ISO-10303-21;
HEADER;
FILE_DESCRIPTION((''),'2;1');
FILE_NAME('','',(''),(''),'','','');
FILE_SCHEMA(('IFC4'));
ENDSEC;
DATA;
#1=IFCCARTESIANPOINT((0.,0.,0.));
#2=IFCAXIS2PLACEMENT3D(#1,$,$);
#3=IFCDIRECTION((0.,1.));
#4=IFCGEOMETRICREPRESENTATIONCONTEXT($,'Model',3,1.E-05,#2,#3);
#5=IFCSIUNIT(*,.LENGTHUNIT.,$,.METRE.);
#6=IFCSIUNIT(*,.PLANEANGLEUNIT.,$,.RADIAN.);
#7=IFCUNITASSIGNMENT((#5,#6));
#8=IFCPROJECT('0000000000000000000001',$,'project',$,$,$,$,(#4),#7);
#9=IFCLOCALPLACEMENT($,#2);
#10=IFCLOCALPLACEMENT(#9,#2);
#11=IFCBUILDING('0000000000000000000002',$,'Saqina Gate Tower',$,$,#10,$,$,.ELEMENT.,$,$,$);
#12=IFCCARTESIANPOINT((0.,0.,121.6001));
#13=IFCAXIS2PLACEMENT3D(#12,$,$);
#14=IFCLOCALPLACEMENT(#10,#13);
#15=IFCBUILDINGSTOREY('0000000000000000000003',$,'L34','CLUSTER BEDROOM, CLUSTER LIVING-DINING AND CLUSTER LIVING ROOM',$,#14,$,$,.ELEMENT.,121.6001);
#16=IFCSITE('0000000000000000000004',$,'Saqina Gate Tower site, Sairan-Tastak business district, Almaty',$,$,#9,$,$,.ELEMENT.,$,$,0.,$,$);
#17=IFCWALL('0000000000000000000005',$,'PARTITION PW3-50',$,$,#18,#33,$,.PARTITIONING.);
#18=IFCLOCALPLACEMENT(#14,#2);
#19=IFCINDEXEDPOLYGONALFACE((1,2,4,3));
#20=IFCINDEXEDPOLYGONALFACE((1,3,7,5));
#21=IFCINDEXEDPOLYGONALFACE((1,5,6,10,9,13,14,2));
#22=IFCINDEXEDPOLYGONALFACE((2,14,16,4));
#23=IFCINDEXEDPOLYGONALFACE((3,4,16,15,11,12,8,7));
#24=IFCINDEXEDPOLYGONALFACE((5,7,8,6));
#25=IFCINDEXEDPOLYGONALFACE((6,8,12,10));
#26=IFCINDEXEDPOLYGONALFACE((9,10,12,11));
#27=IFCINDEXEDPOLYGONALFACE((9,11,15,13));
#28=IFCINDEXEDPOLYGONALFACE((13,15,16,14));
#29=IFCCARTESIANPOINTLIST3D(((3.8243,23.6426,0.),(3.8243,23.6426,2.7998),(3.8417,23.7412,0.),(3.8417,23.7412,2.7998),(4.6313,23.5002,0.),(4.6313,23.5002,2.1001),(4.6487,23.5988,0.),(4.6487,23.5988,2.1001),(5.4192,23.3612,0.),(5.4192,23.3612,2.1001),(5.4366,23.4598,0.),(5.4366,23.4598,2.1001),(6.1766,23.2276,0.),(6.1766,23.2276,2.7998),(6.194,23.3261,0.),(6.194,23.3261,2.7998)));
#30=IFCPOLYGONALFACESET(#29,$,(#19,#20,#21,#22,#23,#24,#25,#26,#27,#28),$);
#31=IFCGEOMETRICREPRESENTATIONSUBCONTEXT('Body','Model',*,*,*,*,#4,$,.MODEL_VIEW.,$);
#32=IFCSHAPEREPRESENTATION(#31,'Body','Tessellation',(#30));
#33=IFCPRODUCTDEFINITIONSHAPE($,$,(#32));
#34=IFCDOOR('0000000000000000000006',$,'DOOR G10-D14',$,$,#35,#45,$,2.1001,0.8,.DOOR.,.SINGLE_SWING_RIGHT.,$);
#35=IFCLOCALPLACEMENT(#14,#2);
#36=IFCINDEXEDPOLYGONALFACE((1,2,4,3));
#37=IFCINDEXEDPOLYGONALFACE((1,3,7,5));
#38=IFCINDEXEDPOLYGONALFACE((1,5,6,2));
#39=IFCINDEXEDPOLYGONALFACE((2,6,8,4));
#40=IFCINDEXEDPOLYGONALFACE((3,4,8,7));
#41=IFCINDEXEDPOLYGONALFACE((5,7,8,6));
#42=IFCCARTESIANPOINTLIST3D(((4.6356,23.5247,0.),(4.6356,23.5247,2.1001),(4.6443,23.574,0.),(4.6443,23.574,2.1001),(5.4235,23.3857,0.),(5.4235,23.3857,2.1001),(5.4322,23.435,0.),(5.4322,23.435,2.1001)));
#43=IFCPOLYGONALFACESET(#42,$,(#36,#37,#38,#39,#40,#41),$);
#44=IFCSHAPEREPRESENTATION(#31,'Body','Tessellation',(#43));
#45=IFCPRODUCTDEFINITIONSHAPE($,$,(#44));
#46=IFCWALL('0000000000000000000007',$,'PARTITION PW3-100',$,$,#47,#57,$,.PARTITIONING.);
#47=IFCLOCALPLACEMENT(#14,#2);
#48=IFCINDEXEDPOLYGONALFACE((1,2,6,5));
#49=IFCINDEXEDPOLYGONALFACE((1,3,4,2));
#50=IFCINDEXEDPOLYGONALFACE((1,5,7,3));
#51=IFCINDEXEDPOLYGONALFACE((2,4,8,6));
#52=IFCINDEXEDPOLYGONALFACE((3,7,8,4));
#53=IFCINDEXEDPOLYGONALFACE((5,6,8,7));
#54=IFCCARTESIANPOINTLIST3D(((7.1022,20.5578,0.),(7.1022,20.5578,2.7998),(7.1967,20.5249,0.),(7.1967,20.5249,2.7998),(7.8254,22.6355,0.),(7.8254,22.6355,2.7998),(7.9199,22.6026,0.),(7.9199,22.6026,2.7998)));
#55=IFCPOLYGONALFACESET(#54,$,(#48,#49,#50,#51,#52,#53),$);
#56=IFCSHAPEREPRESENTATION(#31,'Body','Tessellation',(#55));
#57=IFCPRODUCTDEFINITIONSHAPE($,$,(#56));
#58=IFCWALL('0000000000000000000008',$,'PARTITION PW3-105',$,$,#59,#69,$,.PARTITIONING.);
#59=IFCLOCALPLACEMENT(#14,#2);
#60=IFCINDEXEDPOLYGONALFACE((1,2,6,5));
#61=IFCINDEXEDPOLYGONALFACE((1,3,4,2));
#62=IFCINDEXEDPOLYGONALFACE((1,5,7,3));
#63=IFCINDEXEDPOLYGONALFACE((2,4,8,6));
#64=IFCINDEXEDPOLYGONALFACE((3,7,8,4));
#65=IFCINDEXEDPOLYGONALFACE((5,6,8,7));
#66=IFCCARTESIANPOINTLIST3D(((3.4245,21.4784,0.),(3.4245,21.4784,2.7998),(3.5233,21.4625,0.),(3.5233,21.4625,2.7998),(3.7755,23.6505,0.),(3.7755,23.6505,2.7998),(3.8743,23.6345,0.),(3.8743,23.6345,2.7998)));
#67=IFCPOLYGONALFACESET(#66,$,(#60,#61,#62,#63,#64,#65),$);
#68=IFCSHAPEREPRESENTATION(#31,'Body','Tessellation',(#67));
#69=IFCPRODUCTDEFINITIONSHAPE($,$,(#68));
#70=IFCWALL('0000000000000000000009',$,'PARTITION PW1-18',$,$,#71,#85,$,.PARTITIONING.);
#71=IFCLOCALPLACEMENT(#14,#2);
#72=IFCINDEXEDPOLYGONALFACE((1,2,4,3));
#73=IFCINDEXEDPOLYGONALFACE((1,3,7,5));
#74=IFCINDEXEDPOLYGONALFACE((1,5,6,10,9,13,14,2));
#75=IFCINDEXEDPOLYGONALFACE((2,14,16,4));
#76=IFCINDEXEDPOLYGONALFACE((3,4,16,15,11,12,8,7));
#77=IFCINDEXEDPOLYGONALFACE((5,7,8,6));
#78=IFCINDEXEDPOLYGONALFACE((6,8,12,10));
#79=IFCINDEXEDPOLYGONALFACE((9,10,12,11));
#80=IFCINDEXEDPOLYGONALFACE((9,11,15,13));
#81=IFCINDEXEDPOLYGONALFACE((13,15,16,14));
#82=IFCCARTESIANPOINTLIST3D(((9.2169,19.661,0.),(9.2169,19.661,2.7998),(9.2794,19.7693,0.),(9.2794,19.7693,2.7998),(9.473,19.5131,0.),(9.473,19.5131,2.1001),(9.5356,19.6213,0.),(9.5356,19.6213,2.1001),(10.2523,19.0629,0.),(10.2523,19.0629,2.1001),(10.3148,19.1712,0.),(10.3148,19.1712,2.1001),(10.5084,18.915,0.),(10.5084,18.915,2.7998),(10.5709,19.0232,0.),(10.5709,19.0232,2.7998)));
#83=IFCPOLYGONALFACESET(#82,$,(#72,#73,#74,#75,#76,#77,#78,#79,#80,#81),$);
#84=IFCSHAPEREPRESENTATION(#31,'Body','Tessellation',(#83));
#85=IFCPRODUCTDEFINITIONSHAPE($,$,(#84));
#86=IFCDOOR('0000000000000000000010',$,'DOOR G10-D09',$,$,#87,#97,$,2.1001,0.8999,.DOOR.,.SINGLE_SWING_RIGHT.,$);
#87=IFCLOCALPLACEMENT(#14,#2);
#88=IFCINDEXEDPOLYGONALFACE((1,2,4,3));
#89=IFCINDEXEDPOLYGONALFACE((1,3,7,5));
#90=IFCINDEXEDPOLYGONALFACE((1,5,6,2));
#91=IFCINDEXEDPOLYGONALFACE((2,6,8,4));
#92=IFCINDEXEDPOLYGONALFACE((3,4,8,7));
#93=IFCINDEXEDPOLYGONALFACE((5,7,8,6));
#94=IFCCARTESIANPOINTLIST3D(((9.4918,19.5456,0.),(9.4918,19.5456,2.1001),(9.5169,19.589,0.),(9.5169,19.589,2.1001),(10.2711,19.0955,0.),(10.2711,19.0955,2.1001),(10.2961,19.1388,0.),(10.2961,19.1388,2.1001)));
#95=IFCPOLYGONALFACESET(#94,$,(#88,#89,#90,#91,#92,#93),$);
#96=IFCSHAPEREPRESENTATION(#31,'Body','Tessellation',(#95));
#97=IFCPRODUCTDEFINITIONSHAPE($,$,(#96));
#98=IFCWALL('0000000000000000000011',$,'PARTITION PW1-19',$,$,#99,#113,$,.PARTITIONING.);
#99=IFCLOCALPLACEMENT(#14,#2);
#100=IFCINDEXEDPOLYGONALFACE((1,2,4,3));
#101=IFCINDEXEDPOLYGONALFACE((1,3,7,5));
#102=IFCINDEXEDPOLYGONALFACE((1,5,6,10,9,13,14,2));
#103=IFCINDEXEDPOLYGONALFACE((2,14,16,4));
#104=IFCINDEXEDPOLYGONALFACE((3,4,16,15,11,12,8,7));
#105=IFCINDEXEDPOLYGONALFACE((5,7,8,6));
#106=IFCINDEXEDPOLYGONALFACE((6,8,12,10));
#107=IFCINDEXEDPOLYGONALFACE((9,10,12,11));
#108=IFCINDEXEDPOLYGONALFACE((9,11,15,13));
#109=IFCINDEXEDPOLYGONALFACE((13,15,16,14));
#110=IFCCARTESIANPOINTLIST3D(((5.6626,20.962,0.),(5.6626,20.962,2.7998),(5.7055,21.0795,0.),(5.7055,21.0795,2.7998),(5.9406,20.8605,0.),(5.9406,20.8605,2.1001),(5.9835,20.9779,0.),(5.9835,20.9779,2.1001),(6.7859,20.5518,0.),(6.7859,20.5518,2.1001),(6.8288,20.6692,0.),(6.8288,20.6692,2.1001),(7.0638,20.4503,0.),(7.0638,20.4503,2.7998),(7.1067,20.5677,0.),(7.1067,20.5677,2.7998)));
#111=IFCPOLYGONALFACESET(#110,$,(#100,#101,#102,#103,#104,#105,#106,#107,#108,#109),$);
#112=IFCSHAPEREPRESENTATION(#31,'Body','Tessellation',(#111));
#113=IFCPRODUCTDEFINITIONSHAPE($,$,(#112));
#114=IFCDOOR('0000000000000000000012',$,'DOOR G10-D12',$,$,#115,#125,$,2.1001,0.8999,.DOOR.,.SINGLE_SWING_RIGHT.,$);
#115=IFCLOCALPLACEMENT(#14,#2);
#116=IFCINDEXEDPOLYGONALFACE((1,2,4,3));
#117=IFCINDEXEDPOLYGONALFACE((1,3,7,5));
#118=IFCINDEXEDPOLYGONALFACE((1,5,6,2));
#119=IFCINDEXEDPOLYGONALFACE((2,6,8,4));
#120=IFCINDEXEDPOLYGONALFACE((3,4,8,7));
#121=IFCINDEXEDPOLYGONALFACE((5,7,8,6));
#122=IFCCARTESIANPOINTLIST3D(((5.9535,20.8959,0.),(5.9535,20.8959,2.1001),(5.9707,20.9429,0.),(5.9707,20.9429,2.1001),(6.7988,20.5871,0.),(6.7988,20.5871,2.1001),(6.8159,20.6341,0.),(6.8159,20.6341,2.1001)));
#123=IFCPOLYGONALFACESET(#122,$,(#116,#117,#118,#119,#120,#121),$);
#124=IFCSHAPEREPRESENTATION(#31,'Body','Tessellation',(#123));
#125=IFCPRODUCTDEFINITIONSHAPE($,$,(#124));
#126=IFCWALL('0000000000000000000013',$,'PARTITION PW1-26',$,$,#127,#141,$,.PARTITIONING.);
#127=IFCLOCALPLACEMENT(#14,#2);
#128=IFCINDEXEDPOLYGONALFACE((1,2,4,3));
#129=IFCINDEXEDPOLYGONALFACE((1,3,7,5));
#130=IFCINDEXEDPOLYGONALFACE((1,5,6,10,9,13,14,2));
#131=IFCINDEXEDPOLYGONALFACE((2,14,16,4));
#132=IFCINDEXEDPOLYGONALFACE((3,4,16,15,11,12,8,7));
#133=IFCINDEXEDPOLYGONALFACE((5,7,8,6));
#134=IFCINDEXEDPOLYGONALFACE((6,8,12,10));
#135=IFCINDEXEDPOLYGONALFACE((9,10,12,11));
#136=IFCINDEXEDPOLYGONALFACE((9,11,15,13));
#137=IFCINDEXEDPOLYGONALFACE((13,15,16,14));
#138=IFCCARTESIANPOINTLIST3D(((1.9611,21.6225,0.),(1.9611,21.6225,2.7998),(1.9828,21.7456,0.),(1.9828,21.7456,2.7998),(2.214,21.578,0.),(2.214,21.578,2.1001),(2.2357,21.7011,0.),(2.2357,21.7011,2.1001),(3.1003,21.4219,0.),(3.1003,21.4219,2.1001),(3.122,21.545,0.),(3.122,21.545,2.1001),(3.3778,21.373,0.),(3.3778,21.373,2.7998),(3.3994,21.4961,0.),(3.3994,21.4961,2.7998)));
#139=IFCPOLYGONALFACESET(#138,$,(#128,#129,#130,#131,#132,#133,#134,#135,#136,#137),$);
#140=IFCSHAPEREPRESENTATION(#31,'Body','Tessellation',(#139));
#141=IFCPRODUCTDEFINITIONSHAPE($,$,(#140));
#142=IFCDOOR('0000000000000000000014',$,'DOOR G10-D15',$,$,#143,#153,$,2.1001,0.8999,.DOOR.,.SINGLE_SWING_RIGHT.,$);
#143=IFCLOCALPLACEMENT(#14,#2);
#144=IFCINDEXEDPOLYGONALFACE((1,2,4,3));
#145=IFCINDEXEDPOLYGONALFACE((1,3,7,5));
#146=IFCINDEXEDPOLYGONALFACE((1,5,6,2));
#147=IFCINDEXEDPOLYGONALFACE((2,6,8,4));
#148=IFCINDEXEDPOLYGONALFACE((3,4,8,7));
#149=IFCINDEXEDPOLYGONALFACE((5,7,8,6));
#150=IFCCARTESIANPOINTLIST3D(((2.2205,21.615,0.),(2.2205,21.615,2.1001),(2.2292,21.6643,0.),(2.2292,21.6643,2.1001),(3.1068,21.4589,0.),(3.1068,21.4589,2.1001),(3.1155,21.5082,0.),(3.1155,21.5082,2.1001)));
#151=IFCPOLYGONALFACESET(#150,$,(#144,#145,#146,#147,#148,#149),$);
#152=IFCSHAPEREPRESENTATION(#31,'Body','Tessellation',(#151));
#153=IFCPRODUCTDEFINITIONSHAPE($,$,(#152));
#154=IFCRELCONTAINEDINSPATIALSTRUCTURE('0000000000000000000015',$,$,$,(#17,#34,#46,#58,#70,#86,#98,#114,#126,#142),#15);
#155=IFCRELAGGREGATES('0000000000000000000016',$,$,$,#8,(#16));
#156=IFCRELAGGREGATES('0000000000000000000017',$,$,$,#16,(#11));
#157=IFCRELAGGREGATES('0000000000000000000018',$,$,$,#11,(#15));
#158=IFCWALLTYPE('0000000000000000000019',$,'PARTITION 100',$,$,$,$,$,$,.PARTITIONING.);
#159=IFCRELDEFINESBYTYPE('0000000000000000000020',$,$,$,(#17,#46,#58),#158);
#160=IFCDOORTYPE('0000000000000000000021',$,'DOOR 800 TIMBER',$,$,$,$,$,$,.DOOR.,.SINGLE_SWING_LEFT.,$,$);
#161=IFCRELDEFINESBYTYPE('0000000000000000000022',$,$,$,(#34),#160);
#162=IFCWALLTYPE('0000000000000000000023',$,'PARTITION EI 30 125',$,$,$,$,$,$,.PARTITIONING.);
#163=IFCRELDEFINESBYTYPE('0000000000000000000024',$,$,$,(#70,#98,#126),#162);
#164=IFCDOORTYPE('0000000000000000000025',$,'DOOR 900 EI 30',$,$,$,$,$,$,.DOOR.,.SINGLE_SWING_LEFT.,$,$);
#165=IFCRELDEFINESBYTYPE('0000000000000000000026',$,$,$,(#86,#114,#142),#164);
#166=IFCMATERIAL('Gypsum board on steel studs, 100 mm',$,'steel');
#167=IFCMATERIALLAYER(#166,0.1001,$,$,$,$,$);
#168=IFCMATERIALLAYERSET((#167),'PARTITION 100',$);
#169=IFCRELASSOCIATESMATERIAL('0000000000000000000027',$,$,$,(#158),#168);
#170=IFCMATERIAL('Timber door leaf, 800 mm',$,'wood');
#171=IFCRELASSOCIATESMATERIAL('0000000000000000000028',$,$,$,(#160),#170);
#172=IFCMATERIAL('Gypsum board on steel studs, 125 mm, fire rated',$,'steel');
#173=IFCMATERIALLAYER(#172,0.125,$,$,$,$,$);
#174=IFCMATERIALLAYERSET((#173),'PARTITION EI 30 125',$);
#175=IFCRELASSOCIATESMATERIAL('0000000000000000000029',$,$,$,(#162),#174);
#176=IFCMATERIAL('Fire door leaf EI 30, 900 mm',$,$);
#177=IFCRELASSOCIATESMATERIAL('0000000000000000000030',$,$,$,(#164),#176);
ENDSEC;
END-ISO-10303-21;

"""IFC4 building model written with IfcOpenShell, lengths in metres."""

from ifc_helpers import new_model, si_unit, direction, frame, frame_2d, origin, place, context, subcontext, project, spatial, rectangle, extrude, material, layer, layer_set, type_object, element, fill, save


model = new_model("IFC4")

# Units and contexts
model_context = context("Model", 3, precision=1e-05, world=origin(), true_north=direction((0.0, 1.0)))
body_context = subcontext(model_context, "Body", "Model", "MODEL_VIEW")
ifc_project = project(units=[si_unit("LENGTHUNIT", "METRE"), si_unit("PLANEANGLEUNIT", "RADIAN")], contexts=[model_context])

# Site, building, storey
site_placement = place(None, origin())
site = spatial("IfcSite", under=ifc_project, at=site_placement, Name="Saqina Gate Tower site, Sairan-Tastak business district, Almaty", CompositionType="ELEMENT", RefElevation=0.0)
building_placement = place(site_placement, origin())
building = spatial("IfcBuilding", under=site, at=building_placement, Name="Saqina Gate Tower", CompositionType="ELEMENT")
storey_placement = place(building_placement, frame((0.0, 0.0, 121.6001)))
storey = spatial("IfcBuildingStorey", under=building, at=storey_placement, Name="L34", Description="CLUSTER BEDROOM, CLUSTER LIVING-DINING AND CLUSTER LIVING ROOM", CompositionType="ELEMENT", Elevation=121.6001)

# Shared definitions
ifc_material_1 = material(Name="Gypsum board on steel studs, 100 mm", Category="steel")
ifc_layer_1 = layer(ifc_material_1, 0.1001)
ifc_layer_set_1 = layer_set([ifc_layer_1], Name="PARTITION 100")
wall_type_1 = type_object("IfcWallType", Name="PARTITION 100", PredefinedType="PARTITIONING", material=ifc_layer_set_1)

# Shared definitions
ifc_material_2 = material(Name="Timber door leaf, 800 mm", Category="wood")
door_type_1 = type_object("IfcDoorType", Name="DOOR 800 TIMBER", OperationType="SINGLE_SWING_LEFT", PredefinedType="DOOR", material=ifc_material_2)

# Wall, opening, door
wall_1_placement = place(storey_placement, frame((3.833, 23.6919, 0.0), z_axis=(0.0, 0.0, 1.0), x_axis=(0.984789, -0.173756, 0.0)))
wall_1 = element("IfcWall", 1, at=wall_1_placement, inside=storey, type_object=wall_type_1, Name="PARTITION PW3-50", PredefinedType="PARTITIONING", context=body_context, shape_type="SweptSolid", body=[
    extrude(rectangle(XDim=2.3887, YDim=0.1001, at=frame_2d((1.1943, 0.0))), origin(), (0.0, 0.0, 1.0), 2.7998),
])
opening_1_placement = place(wall_1_placement, frame((0.8196, 0.0, 0.0)))
opening_1 = element("IfcOpeningElement", 2, at=opening_1_placement, cuts=wall_1, PredefinedType="OPENING", context=body_context, shape_type="SweptSolid", body=[
    extrude(rectangle(XDim=0.8, YDim=2.1001, at=frame_2d((0.3999, 1.05))), frame((0.0, 0.062, 0.0), z_axis=(0.0, -1.0, 0.0), x_axis=(1.0, 0.0, 0.0)), (0.0, 0.0, 1.0), 0.124),
])
door_1_placement = place(opening_1_placement, origin())
door_1 = element("IfcDoor", 3, at=door_1_placement, inside=storey, type_object=door_type_1, Name="DOOR G10-D14", OperationType="SINGLE_SWING_RIGHT", OverallHeight=2.1001, OverallWidth=0.8, PredefinedType="DOOR", context=body_context, shape_type="SweptSolid", body=[
    extrude(rectangle(XDim=0.8, YDim=2.1001, at=frame_2d((0.3999, 1.05))), frame((0.0, 0.0249, 0.0), z_axis=(0.0, -1.0, 0.0), x_axis=(1.0, 0.0, 0.0)), (0.0, 0.0, 1.0), 0.05),
])
fill(opening_1, door_1)

# Walls
wall_2_placement = place(storey_placement, frame((7.1494, 20.5413, 0.0), z_axis=(0.0, 0.0, 1.0), x_axis=(0.328719, 0.944428, 0.0)))
element("IfcWall", 4, at=wall_2_placement, inside=storey, type_object=wall_type_1, Name="PARTITION PW3-100", PredefinedType="PARTITIONING", context=body_context, shape_type="SweptSolid", body=[
    extrude(rectangle(XDim=2.2, YDim=0.1001, at=frame_2d((1.1001, 0.0))), origin(), (0.0, 0.0, 1.0), 2.7998),
])
wall_3_placement = place(storey_placement, frame((3.4739, 21.4705, 0.0), z_axis=(0.0, 0.0, 1.0), x_axis=(0.159557, 0.987189, 0.0)))
element("IfcWall", 5, at=wall_3_placement, inside=storey, type_object=wall_type_1, Name="PARTITION PW3-105", PredefinedType="PARTITIONING", context=body_context, shape_type="SweptSolid", body=[
    extrude(rectangle(XDim=2.2002, YDim=0.1001, at=frame_2d((1.1001, 0.0))), origin(), (0.0, 0.0, 1.0), 2.7998),
])

# Walls, openings, doors
ifc_material_3 = material(Name="Gypsum board on steel studs, 125 mm, fire rated", Category="steel")
ifc_layer_2 = layer(ifc_material_3, 0.125)
ifc_layer_set_2 = layer_set([ifc_layer_2], Name="PARTITION EI 30 125")
wall_type_2 = type_object("IfcWallType", Name="PARTITION EI 30 125", PredefinedType="PARTITIONING", material=ifc_layer_set_2)
wall_4_placement = place(storey_placement, frame((9.2483, 19.7151, 0.0), z_axis=(0.0, 0.0, 1.0), x_axis=(0.865897, -0.500223, 0.0)))
wall_4 = element("IfcWall", 6, at=wall_4_placement, inside=storey, type_object=wall_type_2, Name="PARTITION PW1-18", PredefinedType="PARTITIONING", context=body_context, shape_type="SweptSolid", body=[
    extrude(rectangle(XDim=1.4915, YDim=0.125, at=frame_2d((0.7456, 0.0))), origin(), (0.0, 0.0, 1.0), 2.7998),
])
opening_2_placement = place(wall_4_placement, frame((0.2957, 0.0, 0.0)))
opening_2 = element("IfcOpeningElement", 7, at=opening_2_placement, cuts=wall_4, PredefinedType="OPENING", context=body_context, shape_type="SweptSolid", body=[
    extrude(rectangle(XDim=0.8999, YDim=2.1001, at=frame_2d((0.45, 1.05))), frame((0.0, 0.0745, 0.0), z_axis=(0.0, -1.0, 0.0), x_axis=(1.0, 0.0, 0.0)), (0.0, 0.0, 1.0), 0.1489),
])
ifc_material_4 = material(Name="Fire door leaf EI 30, 900 mm")
door_type_2 = type_object("IfcDoorType", Name="DOOR 900 EI 30", OperationType="SINGLE_SWING_LEFT", PredefinedType="DOOR", material=ifc_material_4)
door_2_placement = place(opening_2_placement, frame((0.8999, 0.0, 0.0), z_axis=(0.0, 0.0, 1.0), x_axis=(-1.0, 0.0, 0.0)))
door_2 = element("IfcDoor", 8, at=door_2_placement, inside=storey, type_object=door_type_2, Name="DOOR G10-D09", OperationType="SINGLE_SWING_RIGHT", OverallHeight=2.1001, OverallWidth=0.8999, PredefinedType="DOOR", context=body_context, shape_type="SweptSolid", body=[
    extrude(rectangle(XDim=0.8999, YDim=2.1001, at=frame_2d((0.45, 1.05))), frame((0.0, 0.0249, 0.0), z_axis=(0.0, -1.0, 0.0), x_axis=(1.0, 0.0, 0.0)), (0.0, 0.0, 1.0), 0.05),
])
fill(opening_2, door_2)
wall_5_placement = place(storey_placement, frame((5.6841, 21.0208, 0.0), z_axis=(0.0, 0.0, 1.0), x_axis=(0.939315, -0.343057, 0.0)))
wall_5 = element("IfcWall", 9, at=wall_5_placement, inside=storey, type_object=wall_type_2, Name="PARTITION PW1-19", PredefinedType="PARTITIONING", context=body_context, shape_type="SweptSolid", body=[
    extrude(rectangle(XDim=1.4917, YDim=0.125, at=frame_2d((0.7458, 0.0))), origin(), (0.0, 0.0, 1.0), 2.7998),
])
opening_3_placement = place(wall_5_placement, frame((0.2959, 0.0, 0.0)))
opening_3 = element("IfcOpeningElement", 10, at=opening_3_placement, cuts=wall_5, PredefinedType="OPENING", context=body_context, shape_type="SweptSolid", body=[
    extrude(rectangle(XDim=0.8999, YDim=2.1001, at=frame_2d((0.45, 1.05))), frame((0.0, 0.0745, 0.0), z_axis=(0.0, -1.0, 0.0), x_axis=(1.0, 0.0, 0.0)), (0.0, 0.0, 1.0), 0.1489),
])
door_3_placement = place(opening_3_placement, frame((0.8999, 0.0, 0.0), z_axis=(0.0, 0.0, 1.0), x_axis=(-1.0, 0.0, 0.0)))
door_3 = element("IfcDoor", 11, at=door_3_placement, inside=storey, type_object=door_type_2, Name="DOOR G10-D12", OperationType="SINGLE_SWING_RIGHT", OverallHeight=2.1001, OverallWidth=0.8999, PredefinedType="DOOR", context=body_context, shape_type="SweptSolid", body=[
    extrude(rectangle(XDim=0.8999, YDim=2.1001, at=frame_2d((0.45, 1.05))), frame((0.0, 0.0249, 0.0), z_axis=(0.0, -1.0, 0.0), x_axis=(1.0, 0.0, 0.0)), (0.0, 0.0, 1.0), 0.05),
])
fill(opening_3, door_3)
wall_6_placement = place(storey_placement, frame((1.9719, 21.6841, 0.0), z_axis=(0.0, 0.0, 1.0), x_axis=(0.984843, -0.173446, 0.0)))
wall_6 = element("IfcWall", 12, at=wall_6_placement, inside=storey, type_object=wall_type_2, Name="PARTITION PW1-26", PredefinedType="PARTITIONING", context=body_context, shape_type="SweptSolid", body=[
    extrude(rectangle(XDim=1.4385, YDim=0.125, at=frame_2d((0.7192, 0.0))), origin(), (0.0, 0.0, 1.0), 2.7998),
])
opening_4_placement = place(wall_6_placement, frame((0.2568, 0.0, 0.0)))
opening_4 = element("IfcOpeningElement", 13, at=opening_4_placement, cuts=wall_6, PredefinedType="OPENING", context=body_context, shape_type="SweptSolid", body=[
    extrude(rectangle(XDim=0.8999, YDim=2.1001, at=frame_2d((0.45, 1.05))), frame((0.0, 0.0745, 0.0), z_axis=(0.0, -1.0, 0.0), x_axis=(1.0, 0.0, 0.0)), (0.0, 0.0, 1.0), 0.1489),
])
door_4_placement = place(opening_4_placement, frame((0.8999, 0.0, 0.0), z_axis=(0.0, 0.0, 1.0), x_axis=(-1.0, 0.0, 0.0)))
door_4 = element("IfcDoor", 14, at=door_4_placement, inside=storey, type_object=door_type_2, Name="DOOR G10-D15", OperationType="SINGLE_SWING_RIGHT", OverallHeight=2.1001, OverallWidth=0.8999, PredefinedType="DOOR", context=body_context, shape_type="SweptSolid", body=[
    extrude(rectangle(XDim=0.8999, YDim=2.1001, at=frame_2d((0.45, 1.05))), frame((0.0, 0.0249, 0.0), z_axis=(0.0, -1.0, 0.0), x_axis=(1.0, 0.0, 0.0)), (0.0, 0.0, 1.0), 0.05),
])
fill(opening_4, door_4)

save(model, "model.ifc")
